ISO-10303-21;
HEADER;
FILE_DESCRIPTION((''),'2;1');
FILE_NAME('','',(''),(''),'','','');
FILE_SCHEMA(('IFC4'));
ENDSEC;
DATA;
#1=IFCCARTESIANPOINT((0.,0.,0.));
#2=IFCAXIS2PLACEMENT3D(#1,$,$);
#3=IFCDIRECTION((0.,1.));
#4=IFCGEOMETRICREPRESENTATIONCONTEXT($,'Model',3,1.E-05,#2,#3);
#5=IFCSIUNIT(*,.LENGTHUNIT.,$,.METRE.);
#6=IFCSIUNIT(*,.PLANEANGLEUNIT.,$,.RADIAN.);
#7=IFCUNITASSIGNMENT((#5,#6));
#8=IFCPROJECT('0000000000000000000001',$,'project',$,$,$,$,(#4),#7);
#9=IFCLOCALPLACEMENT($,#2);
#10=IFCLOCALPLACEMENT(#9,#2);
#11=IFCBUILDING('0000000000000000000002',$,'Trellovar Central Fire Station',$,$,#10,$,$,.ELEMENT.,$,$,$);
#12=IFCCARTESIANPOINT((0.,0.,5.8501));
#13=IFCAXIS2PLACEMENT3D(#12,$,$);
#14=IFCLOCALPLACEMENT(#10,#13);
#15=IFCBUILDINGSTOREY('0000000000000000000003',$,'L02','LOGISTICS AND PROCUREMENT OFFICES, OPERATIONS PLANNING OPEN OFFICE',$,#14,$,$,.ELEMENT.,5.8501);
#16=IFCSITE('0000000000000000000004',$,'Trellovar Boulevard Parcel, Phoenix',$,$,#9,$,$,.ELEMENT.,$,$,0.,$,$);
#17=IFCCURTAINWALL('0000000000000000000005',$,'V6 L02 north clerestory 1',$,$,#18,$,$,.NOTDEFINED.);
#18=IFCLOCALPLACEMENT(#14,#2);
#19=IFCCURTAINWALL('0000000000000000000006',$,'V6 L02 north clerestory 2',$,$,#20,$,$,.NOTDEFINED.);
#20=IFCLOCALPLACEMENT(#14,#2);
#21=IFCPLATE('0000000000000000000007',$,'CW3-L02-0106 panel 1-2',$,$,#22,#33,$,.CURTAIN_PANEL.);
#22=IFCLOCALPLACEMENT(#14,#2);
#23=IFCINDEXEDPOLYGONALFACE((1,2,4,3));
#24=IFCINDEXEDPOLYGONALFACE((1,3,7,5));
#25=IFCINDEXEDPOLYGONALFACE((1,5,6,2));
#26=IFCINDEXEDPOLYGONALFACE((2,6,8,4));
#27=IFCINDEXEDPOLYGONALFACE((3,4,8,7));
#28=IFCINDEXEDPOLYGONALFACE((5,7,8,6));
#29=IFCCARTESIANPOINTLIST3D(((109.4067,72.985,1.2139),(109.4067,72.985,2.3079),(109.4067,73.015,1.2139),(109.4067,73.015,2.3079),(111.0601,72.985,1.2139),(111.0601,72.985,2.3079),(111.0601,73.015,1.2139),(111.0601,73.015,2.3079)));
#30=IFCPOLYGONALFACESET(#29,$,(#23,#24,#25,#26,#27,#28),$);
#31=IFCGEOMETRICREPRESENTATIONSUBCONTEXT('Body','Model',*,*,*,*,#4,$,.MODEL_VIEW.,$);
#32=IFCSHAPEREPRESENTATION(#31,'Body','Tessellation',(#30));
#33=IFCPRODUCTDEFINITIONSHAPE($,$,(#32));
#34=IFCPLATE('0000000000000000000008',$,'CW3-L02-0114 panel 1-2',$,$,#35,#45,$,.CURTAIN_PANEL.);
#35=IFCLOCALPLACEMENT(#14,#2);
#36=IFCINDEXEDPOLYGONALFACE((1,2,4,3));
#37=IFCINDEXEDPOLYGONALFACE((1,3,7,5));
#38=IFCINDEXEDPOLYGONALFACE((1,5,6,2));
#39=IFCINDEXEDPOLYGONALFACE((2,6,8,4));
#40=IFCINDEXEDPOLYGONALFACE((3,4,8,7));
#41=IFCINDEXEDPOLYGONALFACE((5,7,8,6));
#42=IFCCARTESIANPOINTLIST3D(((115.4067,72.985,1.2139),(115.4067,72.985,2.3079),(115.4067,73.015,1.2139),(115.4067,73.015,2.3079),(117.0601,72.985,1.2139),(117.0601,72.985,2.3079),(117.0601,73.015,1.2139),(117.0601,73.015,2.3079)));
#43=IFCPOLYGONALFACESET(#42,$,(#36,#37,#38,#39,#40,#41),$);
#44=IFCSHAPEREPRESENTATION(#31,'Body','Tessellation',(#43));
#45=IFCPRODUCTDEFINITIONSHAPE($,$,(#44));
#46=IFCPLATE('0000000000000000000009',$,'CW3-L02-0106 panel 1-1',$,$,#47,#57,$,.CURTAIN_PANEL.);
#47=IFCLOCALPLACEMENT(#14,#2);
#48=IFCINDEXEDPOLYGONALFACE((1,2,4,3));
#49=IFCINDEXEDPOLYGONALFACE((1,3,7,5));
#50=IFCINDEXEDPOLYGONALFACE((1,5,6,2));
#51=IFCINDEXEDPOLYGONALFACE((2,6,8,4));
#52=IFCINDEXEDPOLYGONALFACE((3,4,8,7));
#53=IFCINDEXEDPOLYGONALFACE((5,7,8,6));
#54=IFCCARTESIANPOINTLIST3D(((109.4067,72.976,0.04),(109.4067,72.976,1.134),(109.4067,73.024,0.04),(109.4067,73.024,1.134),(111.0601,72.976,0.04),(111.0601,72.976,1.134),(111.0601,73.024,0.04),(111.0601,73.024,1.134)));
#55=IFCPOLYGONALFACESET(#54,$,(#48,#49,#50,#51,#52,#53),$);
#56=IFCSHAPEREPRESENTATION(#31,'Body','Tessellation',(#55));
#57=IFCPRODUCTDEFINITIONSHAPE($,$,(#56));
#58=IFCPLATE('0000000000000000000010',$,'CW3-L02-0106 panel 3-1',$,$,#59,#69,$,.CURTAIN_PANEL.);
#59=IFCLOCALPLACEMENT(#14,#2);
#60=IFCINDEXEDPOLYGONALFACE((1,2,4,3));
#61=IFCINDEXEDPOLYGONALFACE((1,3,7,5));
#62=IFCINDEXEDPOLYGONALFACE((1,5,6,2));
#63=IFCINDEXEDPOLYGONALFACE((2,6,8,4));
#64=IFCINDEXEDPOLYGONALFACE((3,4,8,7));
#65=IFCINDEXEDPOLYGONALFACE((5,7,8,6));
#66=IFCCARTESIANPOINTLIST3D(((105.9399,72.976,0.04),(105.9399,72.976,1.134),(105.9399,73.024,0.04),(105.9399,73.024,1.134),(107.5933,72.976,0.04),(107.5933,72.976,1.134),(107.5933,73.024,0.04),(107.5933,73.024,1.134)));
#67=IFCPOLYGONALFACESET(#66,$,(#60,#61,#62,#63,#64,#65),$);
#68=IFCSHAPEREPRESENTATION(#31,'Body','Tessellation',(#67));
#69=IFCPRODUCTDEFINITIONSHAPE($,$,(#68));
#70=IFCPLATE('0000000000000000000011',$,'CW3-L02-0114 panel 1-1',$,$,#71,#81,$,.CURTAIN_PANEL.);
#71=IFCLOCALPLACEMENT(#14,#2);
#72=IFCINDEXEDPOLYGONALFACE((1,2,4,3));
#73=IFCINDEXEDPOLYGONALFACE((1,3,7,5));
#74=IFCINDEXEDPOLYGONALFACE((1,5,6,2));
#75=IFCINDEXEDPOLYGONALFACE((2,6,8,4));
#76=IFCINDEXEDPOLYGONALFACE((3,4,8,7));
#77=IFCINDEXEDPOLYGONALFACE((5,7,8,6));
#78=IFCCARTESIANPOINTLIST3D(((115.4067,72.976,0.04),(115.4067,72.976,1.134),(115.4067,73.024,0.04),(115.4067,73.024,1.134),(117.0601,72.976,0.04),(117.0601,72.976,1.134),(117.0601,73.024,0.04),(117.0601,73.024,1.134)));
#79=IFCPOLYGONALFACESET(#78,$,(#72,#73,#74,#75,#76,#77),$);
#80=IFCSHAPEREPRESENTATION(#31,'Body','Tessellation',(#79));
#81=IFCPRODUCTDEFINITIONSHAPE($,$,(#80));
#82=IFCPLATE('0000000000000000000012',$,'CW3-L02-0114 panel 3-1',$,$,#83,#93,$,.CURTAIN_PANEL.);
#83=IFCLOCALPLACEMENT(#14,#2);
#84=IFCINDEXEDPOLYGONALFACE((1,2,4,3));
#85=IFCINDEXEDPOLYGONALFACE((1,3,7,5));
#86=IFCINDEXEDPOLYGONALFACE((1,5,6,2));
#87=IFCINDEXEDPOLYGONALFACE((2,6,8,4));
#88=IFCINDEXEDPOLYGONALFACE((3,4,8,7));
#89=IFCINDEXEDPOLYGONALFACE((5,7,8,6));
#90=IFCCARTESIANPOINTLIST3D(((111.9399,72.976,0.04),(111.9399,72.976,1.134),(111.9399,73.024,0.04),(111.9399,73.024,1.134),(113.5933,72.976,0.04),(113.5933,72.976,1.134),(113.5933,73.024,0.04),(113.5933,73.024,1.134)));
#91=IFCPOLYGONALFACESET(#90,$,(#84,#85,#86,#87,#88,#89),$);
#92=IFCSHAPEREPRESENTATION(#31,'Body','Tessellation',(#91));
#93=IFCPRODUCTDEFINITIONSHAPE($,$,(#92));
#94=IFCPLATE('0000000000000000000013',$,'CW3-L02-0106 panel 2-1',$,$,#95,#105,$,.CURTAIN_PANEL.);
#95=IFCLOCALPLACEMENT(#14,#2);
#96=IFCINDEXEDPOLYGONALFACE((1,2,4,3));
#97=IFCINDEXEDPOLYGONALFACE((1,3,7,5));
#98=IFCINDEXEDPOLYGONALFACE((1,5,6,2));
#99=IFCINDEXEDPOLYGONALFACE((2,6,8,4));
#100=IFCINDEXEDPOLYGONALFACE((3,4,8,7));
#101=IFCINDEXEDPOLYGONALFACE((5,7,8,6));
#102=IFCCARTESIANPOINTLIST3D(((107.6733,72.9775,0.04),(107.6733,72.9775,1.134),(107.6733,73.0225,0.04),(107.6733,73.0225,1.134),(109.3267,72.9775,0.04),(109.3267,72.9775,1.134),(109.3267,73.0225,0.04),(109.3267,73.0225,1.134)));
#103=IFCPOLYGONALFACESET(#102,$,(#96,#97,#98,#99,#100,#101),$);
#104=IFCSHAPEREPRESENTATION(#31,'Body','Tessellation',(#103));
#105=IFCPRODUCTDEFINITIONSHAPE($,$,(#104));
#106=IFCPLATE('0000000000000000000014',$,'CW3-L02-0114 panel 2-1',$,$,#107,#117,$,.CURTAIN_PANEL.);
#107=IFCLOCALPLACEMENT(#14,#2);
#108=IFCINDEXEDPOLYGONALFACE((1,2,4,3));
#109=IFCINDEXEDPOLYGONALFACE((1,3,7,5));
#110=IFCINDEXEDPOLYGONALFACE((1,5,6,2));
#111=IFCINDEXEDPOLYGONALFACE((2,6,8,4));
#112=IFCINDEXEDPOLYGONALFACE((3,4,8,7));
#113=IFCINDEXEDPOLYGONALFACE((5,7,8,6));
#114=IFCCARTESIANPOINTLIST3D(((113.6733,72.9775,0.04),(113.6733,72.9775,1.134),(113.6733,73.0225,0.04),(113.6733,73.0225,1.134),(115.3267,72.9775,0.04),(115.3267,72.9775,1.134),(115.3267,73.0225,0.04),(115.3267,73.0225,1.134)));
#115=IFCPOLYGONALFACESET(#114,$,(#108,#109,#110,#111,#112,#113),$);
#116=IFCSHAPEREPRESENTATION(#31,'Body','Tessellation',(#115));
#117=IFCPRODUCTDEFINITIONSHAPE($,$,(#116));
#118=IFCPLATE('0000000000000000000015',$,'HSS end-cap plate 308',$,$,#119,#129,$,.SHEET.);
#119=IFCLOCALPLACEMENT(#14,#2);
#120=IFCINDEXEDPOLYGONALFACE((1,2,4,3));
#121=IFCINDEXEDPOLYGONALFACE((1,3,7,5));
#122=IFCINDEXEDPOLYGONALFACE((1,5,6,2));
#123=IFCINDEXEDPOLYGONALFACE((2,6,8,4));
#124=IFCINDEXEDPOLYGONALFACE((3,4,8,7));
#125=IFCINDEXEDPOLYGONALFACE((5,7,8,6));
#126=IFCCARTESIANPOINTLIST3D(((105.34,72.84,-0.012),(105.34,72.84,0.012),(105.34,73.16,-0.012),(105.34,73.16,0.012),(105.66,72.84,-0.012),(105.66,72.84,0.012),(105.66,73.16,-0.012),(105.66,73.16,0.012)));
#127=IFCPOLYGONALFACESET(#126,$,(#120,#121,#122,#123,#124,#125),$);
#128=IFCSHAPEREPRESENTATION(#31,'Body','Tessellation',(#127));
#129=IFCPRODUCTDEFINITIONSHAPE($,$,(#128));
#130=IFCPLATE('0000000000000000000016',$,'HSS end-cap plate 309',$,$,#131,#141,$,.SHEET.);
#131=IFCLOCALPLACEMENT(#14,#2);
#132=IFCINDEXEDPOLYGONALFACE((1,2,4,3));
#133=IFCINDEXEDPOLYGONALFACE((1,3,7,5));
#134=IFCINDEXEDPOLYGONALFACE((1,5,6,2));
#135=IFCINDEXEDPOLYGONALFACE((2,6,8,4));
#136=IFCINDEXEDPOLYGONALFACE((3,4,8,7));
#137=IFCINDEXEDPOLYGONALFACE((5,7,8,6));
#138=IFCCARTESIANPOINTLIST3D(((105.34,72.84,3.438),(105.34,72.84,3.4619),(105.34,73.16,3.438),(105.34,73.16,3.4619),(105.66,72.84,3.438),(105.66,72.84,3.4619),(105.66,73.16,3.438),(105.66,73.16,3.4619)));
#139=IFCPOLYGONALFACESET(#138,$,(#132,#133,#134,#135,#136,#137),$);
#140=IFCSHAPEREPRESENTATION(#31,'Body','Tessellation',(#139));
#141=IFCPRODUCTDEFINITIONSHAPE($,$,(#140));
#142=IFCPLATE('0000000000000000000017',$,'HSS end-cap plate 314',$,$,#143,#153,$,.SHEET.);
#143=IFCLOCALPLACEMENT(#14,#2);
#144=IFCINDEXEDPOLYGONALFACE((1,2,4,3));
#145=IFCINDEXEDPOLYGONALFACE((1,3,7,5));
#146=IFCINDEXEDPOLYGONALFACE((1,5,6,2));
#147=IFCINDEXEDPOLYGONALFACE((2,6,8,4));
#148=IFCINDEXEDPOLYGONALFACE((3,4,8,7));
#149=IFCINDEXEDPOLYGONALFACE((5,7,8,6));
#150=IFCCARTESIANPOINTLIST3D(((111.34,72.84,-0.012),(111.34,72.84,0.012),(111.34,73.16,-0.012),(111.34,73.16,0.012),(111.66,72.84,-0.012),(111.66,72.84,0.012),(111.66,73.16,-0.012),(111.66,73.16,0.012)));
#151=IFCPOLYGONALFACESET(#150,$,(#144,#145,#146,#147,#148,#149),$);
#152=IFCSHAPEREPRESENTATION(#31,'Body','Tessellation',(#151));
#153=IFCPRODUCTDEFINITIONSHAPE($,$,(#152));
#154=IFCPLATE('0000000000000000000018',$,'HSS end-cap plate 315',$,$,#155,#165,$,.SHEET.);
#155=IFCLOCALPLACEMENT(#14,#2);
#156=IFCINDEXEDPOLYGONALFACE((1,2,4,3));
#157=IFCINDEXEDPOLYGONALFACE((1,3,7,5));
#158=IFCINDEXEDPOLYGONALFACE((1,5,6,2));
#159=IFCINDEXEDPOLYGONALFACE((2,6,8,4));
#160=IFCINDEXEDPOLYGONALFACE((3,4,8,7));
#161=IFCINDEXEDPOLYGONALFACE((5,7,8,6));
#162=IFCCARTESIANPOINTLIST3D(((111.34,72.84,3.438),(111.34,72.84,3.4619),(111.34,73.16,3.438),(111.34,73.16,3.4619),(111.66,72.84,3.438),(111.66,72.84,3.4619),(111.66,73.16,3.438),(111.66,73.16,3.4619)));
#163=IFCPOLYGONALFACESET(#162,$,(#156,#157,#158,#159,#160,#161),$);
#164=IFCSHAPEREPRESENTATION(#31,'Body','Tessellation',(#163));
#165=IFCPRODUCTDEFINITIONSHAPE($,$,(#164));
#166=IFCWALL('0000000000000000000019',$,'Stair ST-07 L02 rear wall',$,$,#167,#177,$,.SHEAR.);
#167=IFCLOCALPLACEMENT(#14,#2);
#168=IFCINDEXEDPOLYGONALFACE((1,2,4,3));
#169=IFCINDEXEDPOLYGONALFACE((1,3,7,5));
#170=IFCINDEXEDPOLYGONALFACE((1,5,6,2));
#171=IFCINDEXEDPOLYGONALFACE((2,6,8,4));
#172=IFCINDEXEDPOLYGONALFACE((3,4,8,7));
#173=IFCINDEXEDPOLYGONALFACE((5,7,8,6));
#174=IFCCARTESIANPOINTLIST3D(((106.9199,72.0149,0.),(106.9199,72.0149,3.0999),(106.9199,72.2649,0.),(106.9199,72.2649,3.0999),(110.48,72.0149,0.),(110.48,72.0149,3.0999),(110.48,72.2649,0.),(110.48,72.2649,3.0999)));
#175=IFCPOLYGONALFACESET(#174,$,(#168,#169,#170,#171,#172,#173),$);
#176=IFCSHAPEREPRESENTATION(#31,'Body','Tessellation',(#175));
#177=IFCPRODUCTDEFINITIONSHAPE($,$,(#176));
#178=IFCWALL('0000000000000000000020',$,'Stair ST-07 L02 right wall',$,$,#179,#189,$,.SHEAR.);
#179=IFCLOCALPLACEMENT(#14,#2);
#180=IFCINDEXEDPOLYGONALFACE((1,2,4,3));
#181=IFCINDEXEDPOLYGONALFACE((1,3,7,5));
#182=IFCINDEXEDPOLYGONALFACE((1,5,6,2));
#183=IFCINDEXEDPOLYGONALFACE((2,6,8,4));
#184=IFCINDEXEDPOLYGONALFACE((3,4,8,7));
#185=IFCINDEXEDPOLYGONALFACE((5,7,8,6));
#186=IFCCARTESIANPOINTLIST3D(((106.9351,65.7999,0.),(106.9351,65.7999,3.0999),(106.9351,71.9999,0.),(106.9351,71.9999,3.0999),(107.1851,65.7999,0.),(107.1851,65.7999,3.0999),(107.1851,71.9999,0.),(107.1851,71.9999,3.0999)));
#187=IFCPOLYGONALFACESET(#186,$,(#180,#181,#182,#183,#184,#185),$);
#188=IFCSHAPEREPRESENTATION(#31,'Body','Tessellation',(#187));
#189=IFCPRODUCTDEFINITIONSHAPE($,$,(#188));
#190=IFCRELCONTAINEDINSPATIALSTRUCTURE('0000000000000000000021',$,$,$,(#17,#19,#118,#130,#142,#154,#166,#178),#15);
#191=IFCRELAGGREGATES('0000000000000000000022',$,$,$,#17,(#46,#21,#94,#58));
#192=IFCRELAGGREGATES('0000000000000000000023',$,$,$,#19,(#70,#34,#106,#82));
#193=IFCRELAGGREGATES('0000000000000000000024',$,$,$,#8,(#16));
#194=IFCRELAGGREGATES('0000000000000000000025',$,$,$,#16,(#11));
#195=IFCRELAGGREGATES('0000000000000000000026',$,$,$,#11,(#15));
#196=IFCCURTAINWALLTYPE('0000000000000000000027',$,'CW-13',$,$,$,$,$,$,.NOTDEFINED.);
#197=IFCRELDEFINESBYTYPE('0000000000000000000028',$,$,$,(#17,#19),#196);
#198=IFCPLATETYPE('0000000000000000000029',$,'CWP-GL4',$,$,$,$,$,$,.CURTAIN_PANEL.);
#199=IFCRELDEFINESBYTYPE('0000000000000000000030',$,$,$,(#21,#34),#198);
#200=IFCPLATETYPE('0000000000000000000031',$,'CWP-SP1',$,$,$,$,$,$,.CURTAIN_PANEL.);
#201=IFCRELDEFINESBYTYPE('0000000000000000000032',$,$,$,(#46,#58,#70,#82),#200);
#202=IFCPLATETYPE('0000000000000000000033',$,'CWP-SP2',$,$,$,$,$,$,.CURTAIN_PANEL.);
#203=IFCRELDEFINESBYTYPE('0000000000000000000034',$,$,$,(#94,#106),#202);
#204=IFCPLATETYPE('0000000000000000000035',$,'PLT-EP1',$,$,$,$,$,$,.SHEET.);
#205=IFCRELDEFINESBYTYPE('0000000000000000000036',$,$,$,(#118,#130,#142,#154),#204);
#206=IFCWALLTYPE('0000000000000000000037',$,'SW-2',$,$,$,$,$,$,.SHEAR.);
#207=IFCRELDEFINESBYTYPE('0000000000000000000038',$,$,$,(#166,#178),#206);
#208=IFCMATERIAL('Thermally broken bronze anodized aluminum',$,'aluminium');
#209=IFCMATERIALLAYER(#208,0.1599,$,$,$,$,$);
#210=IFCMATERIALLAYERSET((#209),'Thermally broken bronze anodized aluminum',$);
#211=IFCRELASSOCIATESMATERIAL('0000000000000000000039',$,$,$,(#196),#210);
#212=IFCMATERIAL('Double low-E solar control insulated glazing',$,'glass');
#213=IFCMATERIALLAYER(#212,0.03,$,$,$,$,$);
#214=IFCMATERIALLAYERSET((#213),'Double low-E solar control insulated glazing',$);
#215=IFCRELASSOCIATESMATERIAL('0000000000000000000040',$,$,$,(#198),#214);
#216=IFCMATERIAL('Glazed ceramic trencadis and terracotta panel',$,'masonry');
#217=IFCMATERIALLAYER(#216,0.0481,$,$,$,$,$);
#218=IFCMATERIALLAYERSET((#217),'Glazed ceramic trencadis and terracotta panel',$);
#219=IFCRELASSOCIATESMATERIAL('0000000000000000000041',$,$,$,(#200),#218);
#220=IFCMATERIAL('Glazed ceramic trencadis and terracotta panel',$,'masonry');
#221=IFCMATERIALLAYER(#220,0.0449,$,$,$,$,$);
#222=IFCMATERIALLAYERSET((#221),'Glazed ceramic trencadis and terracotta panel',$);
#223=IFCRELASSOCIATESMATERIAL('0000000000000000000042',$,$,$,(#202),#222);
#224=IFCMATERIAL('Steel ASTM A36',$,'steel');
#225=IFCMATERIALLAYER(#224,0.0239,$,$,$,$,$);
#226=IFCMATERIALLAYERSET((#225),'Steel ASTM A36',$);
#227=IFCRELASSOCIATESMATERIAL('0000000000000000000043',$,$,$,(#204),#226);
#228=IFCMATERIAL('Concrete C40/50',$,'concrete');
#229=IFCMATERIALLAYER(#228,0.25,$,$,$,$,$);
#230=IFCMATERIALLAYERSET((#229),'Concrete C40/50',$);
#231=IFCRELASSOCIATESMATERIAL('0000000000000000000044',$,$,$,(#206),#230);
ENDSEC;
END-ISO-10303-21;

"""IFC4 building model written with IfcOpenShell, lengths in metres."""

from ifc_helpers import new_model, si_unit, direction, frame, frame_2d, origin, origin_2d, place, context, subcontext, project, spatial, rectangle, extrude, material, layer, layer_set, type_object, element, aggregate, save


model = new_model("IFC4")

# Units and contexts
model_context = context("Model", 3, precision=1e-05, world=origin(), true_north=direction((0.0, 1.0)))
body_context = subcontext(model_context, "Body", "Model", "MODEL_VIEW")
ifc_project = project(units=[si_unit("LENGTHUNIT", "METRE"), si_unit("PLANEANGLEUNIT", "RADIAN")], contexts=[model_context])

# Site, building, storey
site_placement = place(None, origin())
site = spatial("IfcSite", under=ifc_project, at=site_placement, Name="Trellovar Boulevard Parcel, Phoenix", CompositionType="ELEMENT", RefElevation=0.0)
building_placement = place(site_placement, origin())
building = spatial("IfcBuilding", under=site, at=building_placement, Name="Trellovar Central Fire Station", CompositionType="ELEMENT")
storey_placement = place(building_placement, frame((0.0, 0.0, 5.8501)))
storey = spatial("IfcBuildingStorey", under=building, at=storey_placement, Name="L02", Description="LOGISTICS AND PROCUREMENT OFFICES, OPERATIONS PLANNING OPEN OFFICE", CompositionType="ELEMENT", Elevation=5.8501)

# Curtain walls
ifc_material_1 = material(Name="Thermally broken bronze anodized aluminum", Category="aluminium")
ifc_layer_1 = layer(ifc_material_1, 0.1599)
ifc_layer_set_1 = layer_set([ifc_layer_1], Name="Thermally broken bronze anodized aluminum")
curtain_wall_type = type_object("IfcCurtainWallType", Name="CW-13", PredefinedType="NOTDEFINED", material=ifc_layer_set_1)
curtain_wall_1_placement = place(storey_placement, origin())
curtain_wall_1 = element("IfcCurtainWall", 1, at=curtain_wall_1_placement, inside=storey, type_object=curtain_wall_type, Name="V6 L02 north clerestory 1", PredefinedType="NOTDEFINED")
curtain_wall_2_placement = place(storey_placement, origin())
curtain_wall_2 = element("IfcCurtainWall", 2, at=curtain_wall_2_placement, inside=storey, type_object=curtain_wall_type, Name="V6 L02 north clerestory 2", PredefinedType="NOTDEFINED")

# Plates
ifc_material_2 = material(Name="Double low-E solar control insulated glazing", Category="glass")
ifc_layer_2 = layer(ifc_material_2, 0.03)
ifc_layer_set_2 = layer_set([ifc_layer_2], Name="Double low-E solar control insulated glazing")
plate_type_1 = type_object("IfcPlateType", Name="CWP-GL4", PredefinedType="CURTAIN_PANEL", material=ifc_layer_set_2)
plate_1_placement = place(storey_placement, frame((110.2334, 73.0, 1.2139), z_axis=(0.0, 0.0, 1.0), x_axis=(-1.0, 0.0, 0.0)))
plate_1 = element("IfcPlate", 3, at=plate_1_placement, type_object=plate_type_1, Name="CW3-L02-0106 panel 1-2", PredefinedType="CURTAIN_PANEL", context=body_context, shape_type="SweptSolid", body=[
    extrude(rectangle(XDim=1.6533, YDim=0.03, at=origin_2d()), origin(), (0.0, 0.0, 1.0), 1.094),
])
plate_2_placement = place(storey_placement, frame((116.2334, 73.0, 1.2139), z_axis=(0.0, 0.0, 1.0), x_axis=(-1.0, 0.0, 0.0)))
plate_2 = element("IfcPlate", 4, at=plate_2_placement, type_object=plate_type_1, Name="CW3-L02-0114 panel 1-2", PredefinedType="CURTAIN_PANEL", context=body_context, shape_type="SweptSolid", body=[
    extrude(rectangle(XDim=1.6533, YDim=0.03, at=origin_2d()), origin(), (0.0, 0.0, 1.0), 1.094),
])
ifc_material_3 = material(Name="Glazed ceramic trencadis and terracotta panel", Category="masonry")
ifc_layer_3 = layer(ifc_material_3, 0.0481)
ifc_layer_set_3 = layer_set([ifc_layer_3], Name="Glazed ceramic trencadis and terracotta panel")
plate_type_2 = type_object("IfcPlateType", Name="CWP-SP1", PredefinedType="CURTAIN_PANEL", material=ifc_layer_set_3)
plate_3_placement = place(storey_placement, frame((110.2334, 73.0, 0.04), z_axis=(0.0, 0.0, 1.0), x_axis=(-1.0, 0.0, 0.0)))
plate_3 = element("IfcPlate", 5, at=plate_3_placement, type_object=plate_type_2, Name="CW3-L02-0106 panel 1-1", PredefinedType="CURTAIN_PANEL", context=body_context, shape_type="SweptSolid", body=[
    extrude(rectangle(XDim=1.6533, YDim=0.0481, at=origin_2d()), origin(), (0.0, 0.0, 1.0), 1.094),
])
plate_4_placement = place(storey_placement, frame((106.7666, 73.0, 0.04), z_axis=(0.0, 0.0, 1.0), x_axis=(-1.0, 0.0, 0.0)))
plate_4 = element("IfcPlate", 6, at=plate_4_placement, type_object=plate_type_2, Name="CW3-L02-0106 panel 3-1", PredefinedType="CURTAIN_PANEL", context=body_context, shape_type="SweptSolid", body=[
    extrude(rectangle(XDim=1.6533, YDim=0.0481, at=origin_2d()), origin(), (0.0, 0.0, 1.0), 1.094),
])
plate_5_placement = place(storey_placement, frame((116.2334, 73.0, 0.04), z_axis=(0.0, 0.0, 1.0), x_axis=(-1.0, 0.0, 0.0)))
plate_5 = element("IfcPlate", 7, at=plate_5_placement, type_object=plate_type_2, Name="CW3-L02-0114 panel 1-1", PredefinedType="CURTAIN_PANEL", context=body_context, shape_type="SweptSolid", body=[
    extrude(rectangle(XDim=1.6533, YDim=0.0481, at=origin_2d()), origin(), (0.0, 0.0, 1.0), 1.094),
])
plate_6_placement = place(storey_placement, frame((112.7666, 73.0, 0.04), z_axis=(0.0, 0.0, 1.0), x_axis=(-1.0, 0.0, 0.0)))
plate_6 = element("IfcPlate", 8, at=plate_6_placement, type_object=plate_type_2, Name="CW3-L02-0114 panel 3-1", PredefinedType="CURTAIN_PANEL", context=body_context, shape_type="SweptSolid", body=[
    extrude(rectangle(XDim=1.6533, YDim=0.0481, at=origin_2d()), origin(), (0.0, 0.0, 1.0), 1.094),
])
ifc_material_4 = material(Name="Glazed ceramic trencadis and terracotta panel", Category="masonry")
ifc_layer_4 = layer(ifc_material_4, 0.0449)
ifc_layer_set_4 = layer_set([ifc_layer_4], Name="Glazed ceramic trencadis and terracotta panel")
plate_type_3 = type_object("IfcPlateType", Name="CWP-SP2", PredefinedType="CURTAIN_PANEL", material=ifc_layer_set_4)
plate_7_placement = place(storey_placement, frame((108.5, 73.0, 0.04), z_axis=(0.0, 0.0, 1.0), x_axis=(-1.0, 0.0, 0.0)))
plate_7 = element("IfcPlate", 9, at=plate_7_placement, type_object=plate_type_3, Name="CW3-L02-0106 panel 2-1", PredefinedType="CURTAIN_PANEL", context=body_context, shape_type="SweptSolid", body=[
    extrude(rectangle(XDim=1.6533, YDim=0.0449, at=origin_2d()), origin(), (0.0, 0.0, 1.0), 1.094),
])
aggregate(curtain_wall_1, [plate_3, plate_1, plate_7, plate_4])
plate_8_placement = place(storey_placement, frame((114.5, 73.0, 0.04), z_axis=(0.0, 0.0, 1.0), x_axis=(-1.0, 0.0, 0.0)))
plate_8 = element("IfcPlate", 10, at=plate_8_placement, type_object=plate_type_3, Name="CW3-L02-0114 panel 2-1", PredefinedType="CURTAIN_PANEL", context=body_context, shape_type="SweptSolid", body=[
    extrude(rectangle(XDim=1.6533, YDim=0.0449, at=origin_2d()), origin(), (0.0, 0.0, 1.0), 1.094),
])
aggregate(curtain_wall_2, [plate_5, plate_2, plate_8, plate_6])

# Plates
ifc_material_5 = material(Name="Steel ASTM A36", Category="steel")
ifc_layer_5 = layer(ifc_material_5, 0.0239)
ifc_layer_set_5 = layer_set([ifc_layer_5], Name="Steel ASTM A36")
plate_type_4 = type_object("IfcPlateType", Name="PLT-EP1", PredefinedType="SHEET", material=ifc_layer_set_5)
for number, where, z_axis, x_axis, name in (
    (11, (105.5, 73.0, -0.012), (0.0, 0.0, 1.0), (1.0, 0.0, 0.0), "HSS end-cap plate 308"),
    (12, (105.5, 73.0, 3.438), (0.0, 0.0, 1.0), (1.0, 0.0, 0.0), "HSS end-cap plate 309"),
    (13, (111.5, 73.0, -0.012), (0.0, 0.0, 1.0), (1.0, 0.0, 0.0), "HSS end-cap plate 314"),
    (14, (111.5, 73.0, 3.438), (0.0, 0.0, 1.0), (1.0, 0.0, 0.0), "HSS end-cap plate 315"),
):
    element("IfcPlate", number, at=place(storey_placement, frame(where, z_axis=z_axis, x_axis=x_axis)), inside=storey, type_object=plate_type_4, Name=name, PredefinedType="SHEET", context=body_context, shape_type="SweptSolid", body=[
        extrude(rectangle(XDim=0.3201, YDim=0.3201, at=origin_2d()), origin(), (0.0, 0.0, 1.0), 0.0239),
    ])

# Walls
ifc_material_6 = material(Name="Concrete C40/50", Category="concrete")
ifc_layer_6 = layer(ifc_material_6, 0.25)
ifc_layer_set_6 = layer_set([ifc_layer_6], Name="Concrete C40/50")
wall_type = type_object("IfcWallType", Name="SW-2", PredefinedType="SHEAR", material=ifc_layer_set_6)
wall_1_placement = place(storey_placement, frame((106.9199, 72.1399, 0.0), z_axis=(0.0, 0.0, 1.0), x_axis=(1.0, 0.0, 0.0)))
element("IfcWall", 15, at=wall_1_placement, inside=storey, type_object=wall_type, Name="Stair ST-07 L02 rear wall", PredefinedType="SHEAR", context=body_context, shape_type="SweptSolid", body=[
    extrude(rectangle(XDim=3.5601, YDim=0.25, at=frame_2d((1.78, 0.0))), origin(), (0.0, 0.0, 1.0), 3.0999),
])
wall_2_placement = place(storey_placement, frame((107.0601, 72.0, 0.0), z_axis=(0.0, 0.0, 1.0), x_axis=(0.0, -1.0, 0.0)))
element("IfcWall", 16, at=wall_2_placement, inside=storey, type_object=wall_type, Name="Stair ST-07 L02 right wall", PredefinedType="SHEAR", context=body_context, shape_type="SweptSolid", body=[
    extrude(rectangle(XDim=6.2, YDim=0.25, at=frame_2d((3.1001, 0.0))), origin(), (0.0, 0.0, 1.0), 3.0999),
])

save(model, "model.ifc")
